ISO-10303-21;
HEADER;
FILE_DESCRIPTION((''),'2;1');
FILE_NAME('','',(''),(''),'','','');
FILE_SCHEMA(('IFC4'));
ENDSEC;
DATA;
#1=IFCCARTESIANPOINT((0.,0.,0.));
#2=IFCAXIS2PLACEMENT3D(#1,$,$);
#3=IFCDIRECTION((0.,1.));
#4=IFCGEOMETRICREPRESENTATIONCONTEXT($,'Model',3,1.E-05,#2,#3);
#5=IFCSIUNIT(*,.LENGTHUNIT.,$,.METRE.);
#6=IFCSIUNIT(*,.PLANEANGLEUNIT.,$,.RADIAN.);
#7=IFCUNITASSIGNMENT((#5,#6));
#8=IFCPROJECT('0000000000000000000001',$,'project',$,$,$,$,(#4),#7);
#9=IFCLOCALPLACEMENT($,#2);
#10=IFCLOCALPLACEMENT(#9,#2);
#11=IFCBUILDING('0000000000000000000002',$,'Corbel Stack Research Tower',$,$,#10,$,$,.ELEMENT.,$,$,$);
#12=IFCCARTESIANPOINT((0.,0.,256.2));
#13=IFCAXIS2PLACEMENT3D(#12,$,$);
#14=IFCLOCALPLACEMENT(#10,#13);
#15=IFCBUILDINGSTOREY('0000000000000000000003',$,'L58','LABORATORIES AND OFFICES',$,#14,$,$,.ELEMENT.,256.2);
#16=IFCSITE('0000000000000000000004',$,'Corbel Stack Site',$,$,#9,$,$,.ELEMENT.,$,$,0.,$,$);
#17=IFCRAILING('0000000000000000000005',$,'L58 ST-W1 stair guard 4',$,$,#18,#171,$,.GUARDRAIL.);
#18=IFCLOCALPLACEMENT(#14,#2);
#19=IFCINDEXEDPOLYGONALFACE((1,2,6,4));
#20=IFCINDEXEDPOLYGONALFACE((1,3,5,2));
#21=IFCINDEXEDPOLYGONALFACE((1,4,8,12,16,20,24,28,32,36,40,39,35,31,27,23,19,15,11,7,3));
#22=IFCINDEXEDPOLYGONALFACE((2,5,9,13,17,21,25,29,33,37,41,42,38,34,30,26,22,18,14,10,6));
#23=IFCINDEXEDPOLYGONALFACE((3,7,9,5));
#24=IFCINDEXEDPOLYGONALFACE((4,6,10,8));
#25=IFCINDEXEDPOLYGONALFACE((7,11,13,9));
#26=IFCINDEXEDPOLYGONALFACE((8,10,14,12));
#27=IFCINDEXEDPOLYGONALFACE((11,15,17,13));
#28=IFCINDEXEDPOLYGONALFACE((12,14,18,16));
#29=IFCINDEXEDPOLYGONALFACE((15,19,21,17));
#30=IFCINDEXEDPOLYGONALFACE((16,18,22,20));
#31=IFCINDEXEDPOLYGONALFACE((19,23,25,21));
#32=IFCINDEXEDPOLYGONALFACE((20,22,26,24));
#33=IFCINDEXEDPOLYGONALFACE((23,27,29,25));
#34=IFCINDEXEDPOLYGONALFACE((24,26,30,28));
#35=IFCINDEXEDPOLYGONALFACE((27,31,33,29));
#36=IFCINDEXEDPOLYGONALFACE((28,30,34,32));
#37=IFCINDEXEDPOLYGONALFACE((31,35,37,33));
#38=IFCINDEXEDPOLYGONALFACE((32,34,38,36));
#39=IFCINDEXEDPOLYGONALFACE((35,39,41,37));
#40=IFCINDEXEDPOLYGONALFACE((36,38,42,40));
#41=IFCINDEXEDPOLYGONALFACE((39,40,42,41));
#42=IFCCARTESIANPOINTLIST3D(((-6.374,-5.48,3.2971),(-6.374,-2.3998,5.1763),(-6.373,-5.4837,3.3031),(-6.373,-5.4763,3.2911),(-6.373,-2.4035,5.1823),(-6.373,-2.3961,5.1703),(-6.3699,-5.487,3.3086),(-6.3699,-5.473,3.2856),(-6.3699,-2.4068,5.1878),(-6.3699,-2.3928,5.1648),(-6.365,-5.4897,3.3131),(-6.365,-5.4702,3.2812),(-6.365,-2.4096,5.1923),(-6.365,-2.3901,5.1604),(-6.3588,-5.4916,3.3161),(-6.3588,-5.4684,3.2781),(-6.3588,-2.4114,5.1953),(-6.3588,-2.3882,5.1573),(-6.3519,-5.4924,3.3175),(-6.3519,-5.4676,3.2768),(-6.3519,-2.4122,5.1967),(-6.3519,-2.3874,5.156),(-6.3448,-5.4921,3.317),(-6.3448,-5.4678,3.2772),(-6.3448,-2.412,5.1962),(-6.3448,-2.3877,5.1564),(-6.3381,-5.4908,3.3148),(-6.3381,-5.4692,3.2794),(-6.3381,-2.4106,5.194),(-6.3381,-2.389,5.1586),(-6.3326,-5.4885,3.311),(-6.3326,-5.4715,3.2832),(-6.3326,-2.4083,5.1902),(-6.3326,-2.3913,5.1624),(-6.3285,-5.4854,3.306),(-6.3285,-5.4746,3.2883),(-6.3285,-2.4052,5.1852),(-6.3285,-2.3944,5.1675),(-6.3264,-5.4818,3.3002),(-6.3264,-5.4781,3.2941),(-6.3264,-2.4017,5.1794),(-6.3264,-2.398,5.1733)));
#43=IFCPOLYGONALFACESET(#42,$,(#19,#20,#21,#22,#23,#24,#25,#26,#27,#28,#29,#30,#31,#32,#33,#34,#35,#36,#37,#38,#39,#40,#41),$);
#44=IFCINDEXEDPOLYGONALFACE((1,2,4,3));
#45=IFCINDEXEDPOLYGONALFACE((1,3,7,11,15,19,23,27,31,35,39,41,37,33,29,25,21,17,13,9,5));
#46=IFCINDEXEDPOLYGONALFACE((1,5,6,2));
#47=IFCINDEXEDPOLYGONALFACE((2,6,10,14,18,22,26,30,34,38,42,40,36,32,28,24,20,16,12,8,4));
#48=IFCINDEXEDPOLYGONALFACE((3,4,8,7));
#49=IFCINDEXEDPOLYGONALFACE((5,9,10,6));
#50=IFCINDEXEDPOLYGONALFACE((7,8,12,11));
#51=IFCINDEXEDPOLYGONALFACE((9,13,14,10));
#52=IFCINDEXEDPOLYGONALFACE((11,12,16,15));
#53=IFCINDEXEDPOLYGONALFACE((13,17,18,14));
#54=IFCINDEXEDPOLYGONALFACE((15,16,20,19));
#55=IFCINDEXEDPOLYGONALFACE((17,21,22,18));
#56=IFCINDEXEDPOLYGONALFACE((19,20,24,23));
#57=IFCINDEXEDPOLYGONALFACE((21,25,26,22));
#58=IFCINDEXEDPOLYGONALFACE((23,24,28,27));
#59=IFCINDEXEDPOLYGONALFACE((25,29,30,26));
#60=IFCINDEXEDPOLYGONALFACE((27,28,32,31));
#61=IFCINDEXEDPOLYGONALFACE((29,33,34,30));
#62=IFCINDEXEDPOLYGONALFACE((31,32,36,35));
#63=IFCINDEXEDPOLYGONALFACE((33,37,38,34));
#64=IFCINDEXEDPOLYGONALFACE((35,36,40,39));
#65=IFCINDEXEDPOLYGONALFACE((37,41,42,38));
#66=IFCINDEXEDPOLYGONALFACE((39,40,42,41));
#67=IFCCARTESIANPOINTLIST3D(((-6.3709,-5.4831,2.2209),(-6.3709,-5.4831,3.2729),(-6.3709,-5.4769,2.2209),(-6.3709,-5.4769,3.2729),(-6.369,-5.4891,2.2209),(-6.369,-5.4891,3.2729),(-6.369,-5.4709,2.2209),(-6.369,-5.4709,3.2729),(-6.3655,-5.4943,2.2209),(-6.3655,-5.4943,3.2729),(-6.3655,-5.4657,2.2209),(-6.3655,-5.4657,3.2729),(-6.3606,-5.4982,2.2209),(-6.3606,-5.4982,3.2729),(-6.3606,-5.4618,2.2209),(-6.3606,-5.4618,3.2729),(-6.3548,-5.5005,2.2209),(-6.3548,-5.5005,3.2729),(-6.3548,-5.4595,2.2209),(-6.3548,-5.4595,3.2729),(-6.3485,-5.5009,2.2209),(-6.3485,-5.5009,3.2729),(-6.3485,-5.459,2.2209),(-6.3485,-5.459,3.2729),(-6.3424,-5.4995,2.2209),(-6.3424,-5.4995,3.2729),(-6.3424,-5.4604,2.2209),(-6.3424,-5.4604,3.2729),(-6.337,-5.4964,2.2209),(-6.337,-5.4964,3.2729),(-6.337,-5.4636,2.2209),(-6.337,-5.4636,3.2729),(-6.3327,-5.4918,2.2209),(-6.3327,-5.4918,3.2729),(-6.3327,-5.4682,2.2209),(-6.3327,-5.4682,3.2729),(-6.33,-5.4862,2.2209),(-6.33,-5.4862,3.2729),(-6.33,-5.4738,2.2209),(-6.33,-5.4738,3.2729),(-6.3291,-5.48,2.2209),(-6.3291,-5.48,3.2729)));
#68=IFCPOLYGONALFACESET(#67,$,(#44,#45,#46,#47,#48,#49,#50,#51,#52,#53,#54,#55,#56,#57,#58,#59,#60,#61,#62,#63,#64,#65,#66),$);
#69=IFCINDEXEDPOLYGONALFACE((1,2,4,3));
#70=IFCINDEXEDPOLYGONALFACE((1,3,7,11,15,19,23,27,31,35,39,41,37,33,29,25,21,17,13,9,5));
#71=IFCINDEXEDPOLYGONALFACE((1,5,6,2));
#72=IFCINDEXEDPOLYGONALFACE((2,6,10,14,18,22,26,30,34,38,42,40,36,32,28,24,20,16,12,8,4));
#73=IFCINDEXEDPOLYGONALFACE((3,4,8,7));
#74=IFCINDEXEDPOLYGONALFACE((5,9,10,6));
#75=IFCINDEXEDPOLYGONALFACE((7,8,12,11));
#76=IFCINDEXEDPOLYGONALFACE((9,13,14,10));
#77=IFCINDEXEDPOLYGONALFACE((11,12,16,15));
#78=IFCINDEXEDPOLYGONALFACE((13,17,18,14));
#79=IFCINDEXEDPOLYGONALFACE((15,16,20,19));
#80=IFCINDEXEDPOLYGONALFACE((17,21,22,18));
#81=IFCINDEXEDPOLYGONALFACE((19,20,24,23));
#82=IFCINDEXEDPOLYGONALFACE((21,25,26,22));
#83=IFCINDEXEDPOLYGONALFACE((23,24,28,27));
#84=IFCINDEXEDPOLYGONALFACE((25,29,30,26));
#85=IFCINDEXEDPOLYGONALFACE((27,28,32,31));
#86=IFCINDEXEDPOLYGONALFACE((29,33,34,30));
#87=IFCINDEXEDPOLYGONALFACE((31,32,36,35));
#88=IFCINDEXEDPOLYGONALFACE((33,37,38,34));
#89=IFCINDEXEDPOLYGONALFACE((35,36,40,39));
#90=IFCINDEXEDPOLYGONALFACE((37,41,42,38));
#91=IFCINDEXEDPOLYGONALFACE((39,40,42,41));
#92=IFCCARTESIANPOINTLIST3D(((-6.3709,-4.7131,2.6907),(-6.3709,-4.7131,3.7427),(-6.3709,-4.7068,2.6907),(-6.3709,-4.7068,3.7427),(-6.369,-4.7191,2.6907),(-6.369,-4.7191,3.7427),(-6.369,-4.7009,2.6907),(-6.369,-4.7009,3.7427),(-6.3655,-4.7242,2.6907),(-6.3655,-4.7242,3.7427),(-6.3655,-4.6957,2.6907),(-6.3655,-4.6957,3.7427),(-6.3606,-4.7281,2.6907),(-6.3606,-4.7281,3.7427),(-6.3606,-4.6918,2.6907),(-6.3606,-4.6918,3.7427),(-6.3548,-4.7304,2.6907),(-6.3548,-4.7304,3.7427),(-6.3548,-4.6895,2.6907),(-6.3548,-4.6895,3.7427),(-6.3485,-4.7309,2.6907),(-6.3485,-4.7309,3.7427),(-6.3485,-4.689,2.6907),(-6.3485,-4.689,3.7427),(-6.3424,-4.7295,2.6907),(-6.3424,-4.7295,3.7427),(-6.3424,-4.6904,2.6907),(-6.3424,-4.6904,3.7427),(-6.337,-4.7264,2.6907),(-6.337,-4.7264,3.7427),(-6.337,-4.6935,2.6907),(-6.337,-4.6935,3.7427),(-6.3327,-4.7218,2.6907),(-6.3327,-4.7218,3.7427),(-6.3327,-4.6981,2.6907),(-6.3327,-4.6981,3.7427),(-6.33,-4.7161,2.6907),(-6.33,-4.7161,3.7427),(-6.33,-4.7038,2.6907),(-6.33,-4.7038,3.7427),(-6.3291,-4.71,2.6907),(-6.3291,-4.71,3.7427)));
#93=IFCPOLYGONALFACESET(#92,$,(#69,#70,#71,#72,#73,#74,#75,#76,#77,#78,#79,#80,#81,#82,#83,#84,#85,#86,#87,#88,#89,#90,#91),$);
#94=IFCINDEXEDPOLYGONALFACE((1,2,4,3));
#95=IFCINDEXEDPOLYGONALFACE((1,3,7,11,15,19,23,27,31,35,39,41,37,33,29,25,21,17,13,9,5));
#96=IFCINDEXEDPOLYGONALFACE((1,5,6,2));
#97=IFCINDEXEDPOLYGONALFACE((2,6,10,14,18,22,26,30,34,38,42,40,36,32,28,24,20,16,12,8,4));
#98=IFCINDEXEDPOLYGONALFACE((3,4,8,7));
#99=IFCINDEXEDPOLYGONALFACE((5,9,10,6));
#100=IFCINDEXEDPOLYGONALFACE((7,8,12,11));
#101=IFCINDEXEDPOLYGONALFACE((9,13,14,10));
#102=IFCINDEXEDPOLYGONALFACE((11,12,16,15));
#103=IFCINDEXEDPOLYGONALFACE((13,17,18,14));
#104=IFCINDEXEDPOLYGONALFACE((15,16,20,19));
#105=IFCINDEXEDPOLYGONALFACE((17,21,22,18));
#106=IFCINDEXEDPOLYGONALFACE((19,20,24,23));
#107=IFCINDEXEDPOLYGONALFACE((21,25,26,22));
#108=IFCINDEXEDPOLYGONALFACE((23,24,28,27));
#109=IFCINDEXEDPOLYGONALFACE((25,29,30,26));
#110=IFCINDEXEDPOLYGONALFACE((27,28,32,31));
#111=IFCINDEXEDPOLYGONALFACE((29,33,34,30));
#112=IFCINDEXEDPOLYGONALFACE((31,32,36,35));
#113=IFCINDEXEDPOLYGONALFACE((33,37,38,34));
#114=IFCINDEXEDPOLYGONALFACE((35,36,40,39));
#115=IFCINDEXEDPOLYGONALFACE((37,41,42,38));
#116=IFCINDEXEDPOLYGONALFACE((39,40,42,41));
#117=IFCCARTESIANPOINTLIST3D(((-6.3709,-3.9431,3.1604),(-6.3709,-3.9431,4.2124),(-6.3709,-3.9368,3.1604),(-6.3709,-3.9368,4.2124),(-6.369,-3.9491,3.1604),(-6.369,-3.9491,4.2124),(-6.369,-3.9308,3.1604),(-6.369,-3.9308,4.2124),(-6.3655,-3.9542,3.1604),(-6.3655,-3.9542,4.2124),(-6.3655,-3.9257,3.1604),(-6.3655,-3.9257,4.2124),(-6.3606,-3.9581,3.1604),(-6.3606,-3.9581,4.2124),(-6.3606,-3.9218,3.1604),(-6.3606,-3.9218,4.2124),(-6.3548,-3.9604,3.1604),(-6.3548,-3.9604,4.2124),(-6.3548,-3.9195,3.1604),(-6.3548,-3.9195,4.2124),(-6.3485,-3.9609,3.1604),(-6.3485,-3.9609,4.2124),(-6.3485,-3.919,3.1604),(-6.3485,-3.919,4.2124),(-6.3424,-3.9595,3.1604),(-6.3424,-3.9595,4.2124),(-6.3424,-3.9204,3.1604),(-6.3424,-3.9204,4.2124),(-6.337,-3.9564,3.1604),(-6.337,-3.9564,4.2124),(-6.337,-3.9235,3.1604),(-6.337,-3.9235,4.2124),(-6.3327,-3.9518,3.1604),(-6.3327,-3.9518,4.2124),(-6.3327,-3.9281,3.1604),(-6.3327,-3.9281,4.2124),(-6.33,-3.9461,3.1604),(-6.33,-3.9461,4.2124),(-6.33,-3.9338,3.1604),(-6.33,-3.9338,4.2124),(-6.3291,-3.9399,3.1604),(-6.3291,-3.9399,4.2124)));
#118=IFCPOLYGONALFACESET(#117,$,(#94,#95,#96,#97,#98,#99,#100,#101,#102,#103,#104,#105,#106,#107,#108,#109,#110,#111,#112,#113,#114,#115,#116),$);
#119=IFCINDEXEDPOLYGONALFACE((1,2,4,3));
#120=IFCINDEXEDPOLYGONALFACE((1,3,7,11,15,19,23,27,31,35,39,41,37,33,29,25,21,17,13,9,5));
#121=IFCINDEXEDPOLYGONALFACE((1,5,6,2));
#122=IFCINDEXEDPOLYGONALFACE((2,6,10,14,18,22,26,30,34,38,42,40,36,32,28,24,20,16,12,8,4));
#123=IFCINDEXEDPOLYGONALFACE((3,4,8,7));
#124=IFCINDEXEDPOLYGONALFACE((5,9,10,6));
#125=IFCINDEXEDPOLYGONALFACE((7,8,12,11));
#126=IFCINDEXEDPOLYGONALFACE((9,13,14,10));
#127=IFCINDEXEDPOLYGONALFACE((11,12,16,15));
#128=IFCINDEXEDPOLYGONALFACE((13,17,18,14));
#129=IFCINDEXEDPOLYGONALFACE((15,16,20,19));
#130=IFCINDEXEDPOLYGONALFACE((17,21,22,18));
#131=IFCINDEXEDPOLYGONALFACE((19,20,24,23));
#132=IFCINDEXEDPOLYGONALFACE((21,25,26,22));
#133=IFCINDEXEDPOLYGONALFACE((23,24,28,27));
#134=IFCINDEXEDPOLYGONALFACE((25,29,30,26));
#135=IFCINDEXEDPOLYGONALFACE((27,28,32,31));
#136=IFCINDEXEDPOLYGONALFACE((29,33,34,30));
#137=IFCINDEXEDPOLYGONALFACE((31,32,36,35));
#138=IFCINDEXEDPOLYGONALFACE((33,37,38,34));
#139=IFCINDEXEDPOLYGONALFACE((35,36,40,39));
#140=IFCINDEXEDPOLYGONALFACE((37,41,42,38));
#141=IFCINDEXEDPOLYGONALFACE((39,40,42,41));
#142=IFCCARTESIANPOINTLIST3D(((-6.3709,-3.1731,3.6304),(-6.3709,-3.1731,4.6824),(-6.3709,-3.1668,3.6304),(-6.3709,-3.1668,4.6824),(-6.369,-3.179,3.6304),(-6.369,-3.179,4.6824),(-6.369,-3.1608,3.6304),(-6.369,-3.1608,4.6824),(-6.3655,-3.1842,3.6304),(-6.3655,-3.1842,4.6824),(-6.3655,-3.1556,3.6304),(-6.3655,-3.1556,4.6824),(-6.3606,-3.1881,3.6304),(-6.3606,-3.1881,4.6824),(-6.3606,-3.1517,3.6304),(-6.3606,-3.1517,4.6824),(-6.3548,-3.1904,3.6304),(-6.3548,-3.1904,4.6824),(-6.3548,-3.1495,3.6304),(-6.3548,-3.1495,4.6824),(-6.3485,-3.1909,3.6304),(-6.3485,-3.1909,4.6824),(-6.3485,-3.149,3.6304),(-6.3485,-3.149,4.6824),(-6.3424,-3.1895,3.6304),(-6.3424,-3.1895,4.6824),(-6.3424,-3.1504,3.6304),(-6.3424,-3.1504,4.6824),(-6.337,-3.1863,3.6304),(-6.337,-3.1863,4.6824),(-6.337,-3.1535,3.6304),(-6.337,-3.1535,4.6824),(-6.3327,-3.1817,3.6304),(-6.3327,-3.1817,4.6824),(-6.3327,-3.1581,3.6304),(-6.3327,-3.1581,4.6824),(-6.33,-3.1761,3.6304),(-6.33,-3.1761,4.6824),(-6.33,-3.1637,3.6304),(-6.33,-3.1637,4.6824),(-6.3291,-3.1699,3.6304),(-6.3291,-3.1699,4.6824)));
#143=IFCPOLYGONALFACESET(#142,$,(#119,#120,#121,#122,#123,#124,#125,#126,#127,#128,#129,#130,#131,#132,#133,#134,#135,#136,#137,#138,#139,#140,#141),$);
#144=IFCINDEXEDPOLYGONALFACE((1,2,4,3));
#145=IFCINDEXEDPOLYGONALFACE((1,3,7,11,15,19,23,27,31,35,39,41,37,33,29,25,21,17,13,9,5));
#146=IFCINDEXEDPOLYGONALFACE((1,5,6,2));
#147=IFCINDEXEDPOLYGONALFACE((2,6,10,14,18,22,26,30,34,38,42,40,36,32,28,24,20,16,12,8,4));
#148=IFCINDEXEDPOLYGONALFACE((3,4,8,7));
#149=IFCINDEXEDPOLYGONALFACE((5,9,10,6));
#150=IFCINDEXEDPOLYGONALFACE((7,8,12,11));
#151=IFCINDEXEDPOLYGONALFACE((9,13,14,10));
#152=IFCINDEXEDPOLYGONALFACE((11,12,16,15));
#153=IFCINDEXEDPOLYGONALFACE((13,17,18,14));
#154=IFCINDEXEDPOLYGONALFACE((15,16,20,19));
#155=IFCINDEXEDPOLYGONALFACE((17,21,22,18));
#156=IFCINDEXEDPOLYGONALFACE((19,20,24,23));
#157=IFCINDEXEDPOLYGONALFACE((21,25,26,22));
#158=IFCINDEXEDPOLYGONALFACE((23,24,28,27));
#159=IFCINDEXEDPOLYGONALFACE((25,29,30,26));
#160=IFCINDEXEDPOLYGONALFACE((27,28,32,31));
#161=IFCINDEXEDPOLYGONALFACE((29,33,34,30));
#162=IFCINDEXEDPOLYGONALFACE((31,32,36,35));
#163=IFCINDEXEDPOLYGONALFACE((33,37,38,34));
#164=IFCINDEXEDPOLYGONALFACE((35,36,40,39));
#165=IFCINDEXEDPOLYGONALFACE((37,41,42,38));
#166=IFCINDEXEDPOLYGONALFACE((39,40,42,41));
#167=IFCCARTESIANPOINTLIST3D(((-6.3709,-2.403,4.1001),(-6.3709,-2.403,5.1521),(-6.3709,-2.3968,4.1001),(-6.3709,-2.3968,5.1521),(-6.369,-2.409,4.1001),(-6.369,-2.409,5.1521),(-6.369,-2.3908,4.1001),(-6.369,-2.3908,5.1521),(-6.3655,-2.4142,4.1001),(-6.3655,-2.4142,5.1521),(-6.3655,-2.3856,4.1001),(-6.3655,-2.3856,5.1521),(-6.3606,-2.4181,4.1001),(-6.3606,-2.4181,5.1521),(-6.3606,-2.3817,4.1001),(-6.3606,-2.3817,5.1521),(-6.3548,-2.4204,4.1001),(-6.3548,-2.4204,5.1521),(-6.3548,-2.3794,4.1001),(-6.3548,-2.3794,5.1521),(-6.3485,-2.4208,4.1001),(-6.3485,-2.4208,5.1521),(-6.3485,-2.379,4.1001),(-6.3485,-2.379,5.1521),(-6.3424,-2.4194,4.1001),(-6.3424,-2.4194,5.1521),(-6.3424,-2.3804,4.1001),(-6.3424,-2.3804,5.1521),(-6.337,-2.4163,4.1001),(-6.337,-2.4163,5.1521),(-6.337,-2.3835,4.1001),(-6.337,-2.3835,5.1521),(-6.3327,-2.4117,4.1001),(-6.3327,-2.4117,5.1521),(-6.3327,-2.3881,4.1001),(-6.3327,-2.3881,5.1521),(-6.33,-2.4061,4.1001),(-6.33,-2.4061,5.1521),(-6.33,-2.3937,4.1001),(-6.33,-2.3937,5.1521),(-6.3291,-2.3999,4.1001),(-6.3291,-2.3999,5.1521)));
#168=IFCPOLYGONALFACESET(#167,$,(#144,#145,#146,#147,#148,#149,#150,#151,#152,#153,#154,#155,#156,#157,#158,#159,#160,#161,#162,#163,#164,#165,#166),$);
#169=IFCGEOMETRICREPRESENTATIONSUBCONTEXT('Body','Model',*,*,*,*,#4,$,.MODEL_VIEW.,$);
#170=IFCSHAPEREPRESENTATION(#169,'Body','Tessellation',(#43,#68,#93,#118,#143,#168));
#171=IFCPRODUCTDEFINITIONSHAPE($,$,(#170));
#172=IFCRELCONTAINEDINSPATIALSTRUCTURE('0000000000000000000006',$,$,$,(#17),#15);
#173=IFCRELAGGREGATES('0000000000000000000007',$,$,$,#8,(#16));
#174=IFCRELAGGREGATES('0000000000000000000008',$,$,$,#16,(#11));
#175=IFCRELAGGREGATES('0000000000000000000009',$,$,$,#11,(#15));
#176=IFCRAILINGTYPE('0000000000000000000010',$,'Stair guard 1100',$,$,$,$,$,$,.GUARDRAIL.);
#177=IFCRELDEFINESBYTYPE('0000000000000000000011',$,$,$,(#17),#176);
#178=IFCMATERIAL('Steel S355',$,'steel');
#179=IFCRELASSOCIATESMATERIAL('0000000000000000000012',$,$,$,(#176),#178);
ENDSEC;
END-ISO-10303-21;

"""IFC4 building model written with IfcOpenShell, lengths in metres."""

from ifc_helpers import new_model, si_unit, direction, frame, origin, origin_2d, place, context, subcontext, project, spatial, circle, extrude, material, type_object, element, save


model = new_model("IFC4")

# Units and contexts
model_context = context("Model", 3, precision=1e-05, world=origin(), true_north=direction((0.0, 1.0)))
body_context = subcontext(model_context, "Body", "Model", "MODEL_VIEW")
ifc_project = project(units=[si_unit("LENGTHUNIT", "METRE"), si_unit("PLANEANGLEUNIT", "RADIAN")], contexts=[model_context])

# Site, building, storey
site_placement = place(None, origin())
site = spatial("IfcSite", under=ifc_project, at=site_placement, Name="Corbel Stack Site", CompositionType="ELEMENT", RefElevation=0.0)
building_placement = place(site_placement, origin())
building = spatial("IfcBuilding", under=site, at=building_placement, Name="Corbel Stack Research Tower", CompositionType="ELEMENT")
storey_placement = place(building_placement, frame((0.0, 0.0, 256.2)))
storey = spatial("IfcBuildingStorey", under=building, at=storey_placement, Name="L58", Description="LABORATORIES AND OFFICES", CompositionType="ELEMENT", Elevation=256.2)

# Railing
ifc_material_1 = material(Name="Steel S355", Category="steel")
railing_type_1 = type_object("IfcRailingType", Name="Stair guard 1100", PredefinedType="GUARDRAIL", material=ifc_material_1)
railing_1_placement = place(storey_placement, frame((-6.3501, -5.48, 2.2209)))
element("IfcRailing", 1, at=railing_1_placement, inside=storey, type_object=railing_type_1, Name="L58 ST-W1 stair guard 4", PredefinedType="GUARDRAIL", context=body_context, shape_type="SweptSolid", body=[
    extrude(circle(Radius=0.0239, at=origin_2d()), frame((0.0, 0.0, 1.0762), z_axis=(0.0, 0.853666, 0.52082), x_axis=(-1.0, 0.0, 0.0)), (0.0, 0.0, 1.0), 3.6082),
    extrude(circle(Radius=0.021, at=origin_2d()), origin(), (0.0, 0.0, 1.0), 1.052),
    extrude(circle(Radius=0.021, at=origin_2d()), frame((0.0, 0.77, 0.4697)), (0.0, 0.0, 1.0), 1.052),
    extrude(circle(Radius=0.021, at=origin_2d()), frame((0.0, 1.54, 0.9395)), (0.0, 0.0, 1.0), 1.052),
    extrude(circle(Radius=0.021, at=origin_2d()), frame((0.0, 2.3101, 1.4094)), (0.0, 0.0, 1.0), 1.052),
    extrude(circle(Radius=0.021, at=origin_2d()), frame((0.0, 3.0801, 1.8792)), (0.0, 0.0, 1.0), 1.052),
])

save(model, "model.ifc")
